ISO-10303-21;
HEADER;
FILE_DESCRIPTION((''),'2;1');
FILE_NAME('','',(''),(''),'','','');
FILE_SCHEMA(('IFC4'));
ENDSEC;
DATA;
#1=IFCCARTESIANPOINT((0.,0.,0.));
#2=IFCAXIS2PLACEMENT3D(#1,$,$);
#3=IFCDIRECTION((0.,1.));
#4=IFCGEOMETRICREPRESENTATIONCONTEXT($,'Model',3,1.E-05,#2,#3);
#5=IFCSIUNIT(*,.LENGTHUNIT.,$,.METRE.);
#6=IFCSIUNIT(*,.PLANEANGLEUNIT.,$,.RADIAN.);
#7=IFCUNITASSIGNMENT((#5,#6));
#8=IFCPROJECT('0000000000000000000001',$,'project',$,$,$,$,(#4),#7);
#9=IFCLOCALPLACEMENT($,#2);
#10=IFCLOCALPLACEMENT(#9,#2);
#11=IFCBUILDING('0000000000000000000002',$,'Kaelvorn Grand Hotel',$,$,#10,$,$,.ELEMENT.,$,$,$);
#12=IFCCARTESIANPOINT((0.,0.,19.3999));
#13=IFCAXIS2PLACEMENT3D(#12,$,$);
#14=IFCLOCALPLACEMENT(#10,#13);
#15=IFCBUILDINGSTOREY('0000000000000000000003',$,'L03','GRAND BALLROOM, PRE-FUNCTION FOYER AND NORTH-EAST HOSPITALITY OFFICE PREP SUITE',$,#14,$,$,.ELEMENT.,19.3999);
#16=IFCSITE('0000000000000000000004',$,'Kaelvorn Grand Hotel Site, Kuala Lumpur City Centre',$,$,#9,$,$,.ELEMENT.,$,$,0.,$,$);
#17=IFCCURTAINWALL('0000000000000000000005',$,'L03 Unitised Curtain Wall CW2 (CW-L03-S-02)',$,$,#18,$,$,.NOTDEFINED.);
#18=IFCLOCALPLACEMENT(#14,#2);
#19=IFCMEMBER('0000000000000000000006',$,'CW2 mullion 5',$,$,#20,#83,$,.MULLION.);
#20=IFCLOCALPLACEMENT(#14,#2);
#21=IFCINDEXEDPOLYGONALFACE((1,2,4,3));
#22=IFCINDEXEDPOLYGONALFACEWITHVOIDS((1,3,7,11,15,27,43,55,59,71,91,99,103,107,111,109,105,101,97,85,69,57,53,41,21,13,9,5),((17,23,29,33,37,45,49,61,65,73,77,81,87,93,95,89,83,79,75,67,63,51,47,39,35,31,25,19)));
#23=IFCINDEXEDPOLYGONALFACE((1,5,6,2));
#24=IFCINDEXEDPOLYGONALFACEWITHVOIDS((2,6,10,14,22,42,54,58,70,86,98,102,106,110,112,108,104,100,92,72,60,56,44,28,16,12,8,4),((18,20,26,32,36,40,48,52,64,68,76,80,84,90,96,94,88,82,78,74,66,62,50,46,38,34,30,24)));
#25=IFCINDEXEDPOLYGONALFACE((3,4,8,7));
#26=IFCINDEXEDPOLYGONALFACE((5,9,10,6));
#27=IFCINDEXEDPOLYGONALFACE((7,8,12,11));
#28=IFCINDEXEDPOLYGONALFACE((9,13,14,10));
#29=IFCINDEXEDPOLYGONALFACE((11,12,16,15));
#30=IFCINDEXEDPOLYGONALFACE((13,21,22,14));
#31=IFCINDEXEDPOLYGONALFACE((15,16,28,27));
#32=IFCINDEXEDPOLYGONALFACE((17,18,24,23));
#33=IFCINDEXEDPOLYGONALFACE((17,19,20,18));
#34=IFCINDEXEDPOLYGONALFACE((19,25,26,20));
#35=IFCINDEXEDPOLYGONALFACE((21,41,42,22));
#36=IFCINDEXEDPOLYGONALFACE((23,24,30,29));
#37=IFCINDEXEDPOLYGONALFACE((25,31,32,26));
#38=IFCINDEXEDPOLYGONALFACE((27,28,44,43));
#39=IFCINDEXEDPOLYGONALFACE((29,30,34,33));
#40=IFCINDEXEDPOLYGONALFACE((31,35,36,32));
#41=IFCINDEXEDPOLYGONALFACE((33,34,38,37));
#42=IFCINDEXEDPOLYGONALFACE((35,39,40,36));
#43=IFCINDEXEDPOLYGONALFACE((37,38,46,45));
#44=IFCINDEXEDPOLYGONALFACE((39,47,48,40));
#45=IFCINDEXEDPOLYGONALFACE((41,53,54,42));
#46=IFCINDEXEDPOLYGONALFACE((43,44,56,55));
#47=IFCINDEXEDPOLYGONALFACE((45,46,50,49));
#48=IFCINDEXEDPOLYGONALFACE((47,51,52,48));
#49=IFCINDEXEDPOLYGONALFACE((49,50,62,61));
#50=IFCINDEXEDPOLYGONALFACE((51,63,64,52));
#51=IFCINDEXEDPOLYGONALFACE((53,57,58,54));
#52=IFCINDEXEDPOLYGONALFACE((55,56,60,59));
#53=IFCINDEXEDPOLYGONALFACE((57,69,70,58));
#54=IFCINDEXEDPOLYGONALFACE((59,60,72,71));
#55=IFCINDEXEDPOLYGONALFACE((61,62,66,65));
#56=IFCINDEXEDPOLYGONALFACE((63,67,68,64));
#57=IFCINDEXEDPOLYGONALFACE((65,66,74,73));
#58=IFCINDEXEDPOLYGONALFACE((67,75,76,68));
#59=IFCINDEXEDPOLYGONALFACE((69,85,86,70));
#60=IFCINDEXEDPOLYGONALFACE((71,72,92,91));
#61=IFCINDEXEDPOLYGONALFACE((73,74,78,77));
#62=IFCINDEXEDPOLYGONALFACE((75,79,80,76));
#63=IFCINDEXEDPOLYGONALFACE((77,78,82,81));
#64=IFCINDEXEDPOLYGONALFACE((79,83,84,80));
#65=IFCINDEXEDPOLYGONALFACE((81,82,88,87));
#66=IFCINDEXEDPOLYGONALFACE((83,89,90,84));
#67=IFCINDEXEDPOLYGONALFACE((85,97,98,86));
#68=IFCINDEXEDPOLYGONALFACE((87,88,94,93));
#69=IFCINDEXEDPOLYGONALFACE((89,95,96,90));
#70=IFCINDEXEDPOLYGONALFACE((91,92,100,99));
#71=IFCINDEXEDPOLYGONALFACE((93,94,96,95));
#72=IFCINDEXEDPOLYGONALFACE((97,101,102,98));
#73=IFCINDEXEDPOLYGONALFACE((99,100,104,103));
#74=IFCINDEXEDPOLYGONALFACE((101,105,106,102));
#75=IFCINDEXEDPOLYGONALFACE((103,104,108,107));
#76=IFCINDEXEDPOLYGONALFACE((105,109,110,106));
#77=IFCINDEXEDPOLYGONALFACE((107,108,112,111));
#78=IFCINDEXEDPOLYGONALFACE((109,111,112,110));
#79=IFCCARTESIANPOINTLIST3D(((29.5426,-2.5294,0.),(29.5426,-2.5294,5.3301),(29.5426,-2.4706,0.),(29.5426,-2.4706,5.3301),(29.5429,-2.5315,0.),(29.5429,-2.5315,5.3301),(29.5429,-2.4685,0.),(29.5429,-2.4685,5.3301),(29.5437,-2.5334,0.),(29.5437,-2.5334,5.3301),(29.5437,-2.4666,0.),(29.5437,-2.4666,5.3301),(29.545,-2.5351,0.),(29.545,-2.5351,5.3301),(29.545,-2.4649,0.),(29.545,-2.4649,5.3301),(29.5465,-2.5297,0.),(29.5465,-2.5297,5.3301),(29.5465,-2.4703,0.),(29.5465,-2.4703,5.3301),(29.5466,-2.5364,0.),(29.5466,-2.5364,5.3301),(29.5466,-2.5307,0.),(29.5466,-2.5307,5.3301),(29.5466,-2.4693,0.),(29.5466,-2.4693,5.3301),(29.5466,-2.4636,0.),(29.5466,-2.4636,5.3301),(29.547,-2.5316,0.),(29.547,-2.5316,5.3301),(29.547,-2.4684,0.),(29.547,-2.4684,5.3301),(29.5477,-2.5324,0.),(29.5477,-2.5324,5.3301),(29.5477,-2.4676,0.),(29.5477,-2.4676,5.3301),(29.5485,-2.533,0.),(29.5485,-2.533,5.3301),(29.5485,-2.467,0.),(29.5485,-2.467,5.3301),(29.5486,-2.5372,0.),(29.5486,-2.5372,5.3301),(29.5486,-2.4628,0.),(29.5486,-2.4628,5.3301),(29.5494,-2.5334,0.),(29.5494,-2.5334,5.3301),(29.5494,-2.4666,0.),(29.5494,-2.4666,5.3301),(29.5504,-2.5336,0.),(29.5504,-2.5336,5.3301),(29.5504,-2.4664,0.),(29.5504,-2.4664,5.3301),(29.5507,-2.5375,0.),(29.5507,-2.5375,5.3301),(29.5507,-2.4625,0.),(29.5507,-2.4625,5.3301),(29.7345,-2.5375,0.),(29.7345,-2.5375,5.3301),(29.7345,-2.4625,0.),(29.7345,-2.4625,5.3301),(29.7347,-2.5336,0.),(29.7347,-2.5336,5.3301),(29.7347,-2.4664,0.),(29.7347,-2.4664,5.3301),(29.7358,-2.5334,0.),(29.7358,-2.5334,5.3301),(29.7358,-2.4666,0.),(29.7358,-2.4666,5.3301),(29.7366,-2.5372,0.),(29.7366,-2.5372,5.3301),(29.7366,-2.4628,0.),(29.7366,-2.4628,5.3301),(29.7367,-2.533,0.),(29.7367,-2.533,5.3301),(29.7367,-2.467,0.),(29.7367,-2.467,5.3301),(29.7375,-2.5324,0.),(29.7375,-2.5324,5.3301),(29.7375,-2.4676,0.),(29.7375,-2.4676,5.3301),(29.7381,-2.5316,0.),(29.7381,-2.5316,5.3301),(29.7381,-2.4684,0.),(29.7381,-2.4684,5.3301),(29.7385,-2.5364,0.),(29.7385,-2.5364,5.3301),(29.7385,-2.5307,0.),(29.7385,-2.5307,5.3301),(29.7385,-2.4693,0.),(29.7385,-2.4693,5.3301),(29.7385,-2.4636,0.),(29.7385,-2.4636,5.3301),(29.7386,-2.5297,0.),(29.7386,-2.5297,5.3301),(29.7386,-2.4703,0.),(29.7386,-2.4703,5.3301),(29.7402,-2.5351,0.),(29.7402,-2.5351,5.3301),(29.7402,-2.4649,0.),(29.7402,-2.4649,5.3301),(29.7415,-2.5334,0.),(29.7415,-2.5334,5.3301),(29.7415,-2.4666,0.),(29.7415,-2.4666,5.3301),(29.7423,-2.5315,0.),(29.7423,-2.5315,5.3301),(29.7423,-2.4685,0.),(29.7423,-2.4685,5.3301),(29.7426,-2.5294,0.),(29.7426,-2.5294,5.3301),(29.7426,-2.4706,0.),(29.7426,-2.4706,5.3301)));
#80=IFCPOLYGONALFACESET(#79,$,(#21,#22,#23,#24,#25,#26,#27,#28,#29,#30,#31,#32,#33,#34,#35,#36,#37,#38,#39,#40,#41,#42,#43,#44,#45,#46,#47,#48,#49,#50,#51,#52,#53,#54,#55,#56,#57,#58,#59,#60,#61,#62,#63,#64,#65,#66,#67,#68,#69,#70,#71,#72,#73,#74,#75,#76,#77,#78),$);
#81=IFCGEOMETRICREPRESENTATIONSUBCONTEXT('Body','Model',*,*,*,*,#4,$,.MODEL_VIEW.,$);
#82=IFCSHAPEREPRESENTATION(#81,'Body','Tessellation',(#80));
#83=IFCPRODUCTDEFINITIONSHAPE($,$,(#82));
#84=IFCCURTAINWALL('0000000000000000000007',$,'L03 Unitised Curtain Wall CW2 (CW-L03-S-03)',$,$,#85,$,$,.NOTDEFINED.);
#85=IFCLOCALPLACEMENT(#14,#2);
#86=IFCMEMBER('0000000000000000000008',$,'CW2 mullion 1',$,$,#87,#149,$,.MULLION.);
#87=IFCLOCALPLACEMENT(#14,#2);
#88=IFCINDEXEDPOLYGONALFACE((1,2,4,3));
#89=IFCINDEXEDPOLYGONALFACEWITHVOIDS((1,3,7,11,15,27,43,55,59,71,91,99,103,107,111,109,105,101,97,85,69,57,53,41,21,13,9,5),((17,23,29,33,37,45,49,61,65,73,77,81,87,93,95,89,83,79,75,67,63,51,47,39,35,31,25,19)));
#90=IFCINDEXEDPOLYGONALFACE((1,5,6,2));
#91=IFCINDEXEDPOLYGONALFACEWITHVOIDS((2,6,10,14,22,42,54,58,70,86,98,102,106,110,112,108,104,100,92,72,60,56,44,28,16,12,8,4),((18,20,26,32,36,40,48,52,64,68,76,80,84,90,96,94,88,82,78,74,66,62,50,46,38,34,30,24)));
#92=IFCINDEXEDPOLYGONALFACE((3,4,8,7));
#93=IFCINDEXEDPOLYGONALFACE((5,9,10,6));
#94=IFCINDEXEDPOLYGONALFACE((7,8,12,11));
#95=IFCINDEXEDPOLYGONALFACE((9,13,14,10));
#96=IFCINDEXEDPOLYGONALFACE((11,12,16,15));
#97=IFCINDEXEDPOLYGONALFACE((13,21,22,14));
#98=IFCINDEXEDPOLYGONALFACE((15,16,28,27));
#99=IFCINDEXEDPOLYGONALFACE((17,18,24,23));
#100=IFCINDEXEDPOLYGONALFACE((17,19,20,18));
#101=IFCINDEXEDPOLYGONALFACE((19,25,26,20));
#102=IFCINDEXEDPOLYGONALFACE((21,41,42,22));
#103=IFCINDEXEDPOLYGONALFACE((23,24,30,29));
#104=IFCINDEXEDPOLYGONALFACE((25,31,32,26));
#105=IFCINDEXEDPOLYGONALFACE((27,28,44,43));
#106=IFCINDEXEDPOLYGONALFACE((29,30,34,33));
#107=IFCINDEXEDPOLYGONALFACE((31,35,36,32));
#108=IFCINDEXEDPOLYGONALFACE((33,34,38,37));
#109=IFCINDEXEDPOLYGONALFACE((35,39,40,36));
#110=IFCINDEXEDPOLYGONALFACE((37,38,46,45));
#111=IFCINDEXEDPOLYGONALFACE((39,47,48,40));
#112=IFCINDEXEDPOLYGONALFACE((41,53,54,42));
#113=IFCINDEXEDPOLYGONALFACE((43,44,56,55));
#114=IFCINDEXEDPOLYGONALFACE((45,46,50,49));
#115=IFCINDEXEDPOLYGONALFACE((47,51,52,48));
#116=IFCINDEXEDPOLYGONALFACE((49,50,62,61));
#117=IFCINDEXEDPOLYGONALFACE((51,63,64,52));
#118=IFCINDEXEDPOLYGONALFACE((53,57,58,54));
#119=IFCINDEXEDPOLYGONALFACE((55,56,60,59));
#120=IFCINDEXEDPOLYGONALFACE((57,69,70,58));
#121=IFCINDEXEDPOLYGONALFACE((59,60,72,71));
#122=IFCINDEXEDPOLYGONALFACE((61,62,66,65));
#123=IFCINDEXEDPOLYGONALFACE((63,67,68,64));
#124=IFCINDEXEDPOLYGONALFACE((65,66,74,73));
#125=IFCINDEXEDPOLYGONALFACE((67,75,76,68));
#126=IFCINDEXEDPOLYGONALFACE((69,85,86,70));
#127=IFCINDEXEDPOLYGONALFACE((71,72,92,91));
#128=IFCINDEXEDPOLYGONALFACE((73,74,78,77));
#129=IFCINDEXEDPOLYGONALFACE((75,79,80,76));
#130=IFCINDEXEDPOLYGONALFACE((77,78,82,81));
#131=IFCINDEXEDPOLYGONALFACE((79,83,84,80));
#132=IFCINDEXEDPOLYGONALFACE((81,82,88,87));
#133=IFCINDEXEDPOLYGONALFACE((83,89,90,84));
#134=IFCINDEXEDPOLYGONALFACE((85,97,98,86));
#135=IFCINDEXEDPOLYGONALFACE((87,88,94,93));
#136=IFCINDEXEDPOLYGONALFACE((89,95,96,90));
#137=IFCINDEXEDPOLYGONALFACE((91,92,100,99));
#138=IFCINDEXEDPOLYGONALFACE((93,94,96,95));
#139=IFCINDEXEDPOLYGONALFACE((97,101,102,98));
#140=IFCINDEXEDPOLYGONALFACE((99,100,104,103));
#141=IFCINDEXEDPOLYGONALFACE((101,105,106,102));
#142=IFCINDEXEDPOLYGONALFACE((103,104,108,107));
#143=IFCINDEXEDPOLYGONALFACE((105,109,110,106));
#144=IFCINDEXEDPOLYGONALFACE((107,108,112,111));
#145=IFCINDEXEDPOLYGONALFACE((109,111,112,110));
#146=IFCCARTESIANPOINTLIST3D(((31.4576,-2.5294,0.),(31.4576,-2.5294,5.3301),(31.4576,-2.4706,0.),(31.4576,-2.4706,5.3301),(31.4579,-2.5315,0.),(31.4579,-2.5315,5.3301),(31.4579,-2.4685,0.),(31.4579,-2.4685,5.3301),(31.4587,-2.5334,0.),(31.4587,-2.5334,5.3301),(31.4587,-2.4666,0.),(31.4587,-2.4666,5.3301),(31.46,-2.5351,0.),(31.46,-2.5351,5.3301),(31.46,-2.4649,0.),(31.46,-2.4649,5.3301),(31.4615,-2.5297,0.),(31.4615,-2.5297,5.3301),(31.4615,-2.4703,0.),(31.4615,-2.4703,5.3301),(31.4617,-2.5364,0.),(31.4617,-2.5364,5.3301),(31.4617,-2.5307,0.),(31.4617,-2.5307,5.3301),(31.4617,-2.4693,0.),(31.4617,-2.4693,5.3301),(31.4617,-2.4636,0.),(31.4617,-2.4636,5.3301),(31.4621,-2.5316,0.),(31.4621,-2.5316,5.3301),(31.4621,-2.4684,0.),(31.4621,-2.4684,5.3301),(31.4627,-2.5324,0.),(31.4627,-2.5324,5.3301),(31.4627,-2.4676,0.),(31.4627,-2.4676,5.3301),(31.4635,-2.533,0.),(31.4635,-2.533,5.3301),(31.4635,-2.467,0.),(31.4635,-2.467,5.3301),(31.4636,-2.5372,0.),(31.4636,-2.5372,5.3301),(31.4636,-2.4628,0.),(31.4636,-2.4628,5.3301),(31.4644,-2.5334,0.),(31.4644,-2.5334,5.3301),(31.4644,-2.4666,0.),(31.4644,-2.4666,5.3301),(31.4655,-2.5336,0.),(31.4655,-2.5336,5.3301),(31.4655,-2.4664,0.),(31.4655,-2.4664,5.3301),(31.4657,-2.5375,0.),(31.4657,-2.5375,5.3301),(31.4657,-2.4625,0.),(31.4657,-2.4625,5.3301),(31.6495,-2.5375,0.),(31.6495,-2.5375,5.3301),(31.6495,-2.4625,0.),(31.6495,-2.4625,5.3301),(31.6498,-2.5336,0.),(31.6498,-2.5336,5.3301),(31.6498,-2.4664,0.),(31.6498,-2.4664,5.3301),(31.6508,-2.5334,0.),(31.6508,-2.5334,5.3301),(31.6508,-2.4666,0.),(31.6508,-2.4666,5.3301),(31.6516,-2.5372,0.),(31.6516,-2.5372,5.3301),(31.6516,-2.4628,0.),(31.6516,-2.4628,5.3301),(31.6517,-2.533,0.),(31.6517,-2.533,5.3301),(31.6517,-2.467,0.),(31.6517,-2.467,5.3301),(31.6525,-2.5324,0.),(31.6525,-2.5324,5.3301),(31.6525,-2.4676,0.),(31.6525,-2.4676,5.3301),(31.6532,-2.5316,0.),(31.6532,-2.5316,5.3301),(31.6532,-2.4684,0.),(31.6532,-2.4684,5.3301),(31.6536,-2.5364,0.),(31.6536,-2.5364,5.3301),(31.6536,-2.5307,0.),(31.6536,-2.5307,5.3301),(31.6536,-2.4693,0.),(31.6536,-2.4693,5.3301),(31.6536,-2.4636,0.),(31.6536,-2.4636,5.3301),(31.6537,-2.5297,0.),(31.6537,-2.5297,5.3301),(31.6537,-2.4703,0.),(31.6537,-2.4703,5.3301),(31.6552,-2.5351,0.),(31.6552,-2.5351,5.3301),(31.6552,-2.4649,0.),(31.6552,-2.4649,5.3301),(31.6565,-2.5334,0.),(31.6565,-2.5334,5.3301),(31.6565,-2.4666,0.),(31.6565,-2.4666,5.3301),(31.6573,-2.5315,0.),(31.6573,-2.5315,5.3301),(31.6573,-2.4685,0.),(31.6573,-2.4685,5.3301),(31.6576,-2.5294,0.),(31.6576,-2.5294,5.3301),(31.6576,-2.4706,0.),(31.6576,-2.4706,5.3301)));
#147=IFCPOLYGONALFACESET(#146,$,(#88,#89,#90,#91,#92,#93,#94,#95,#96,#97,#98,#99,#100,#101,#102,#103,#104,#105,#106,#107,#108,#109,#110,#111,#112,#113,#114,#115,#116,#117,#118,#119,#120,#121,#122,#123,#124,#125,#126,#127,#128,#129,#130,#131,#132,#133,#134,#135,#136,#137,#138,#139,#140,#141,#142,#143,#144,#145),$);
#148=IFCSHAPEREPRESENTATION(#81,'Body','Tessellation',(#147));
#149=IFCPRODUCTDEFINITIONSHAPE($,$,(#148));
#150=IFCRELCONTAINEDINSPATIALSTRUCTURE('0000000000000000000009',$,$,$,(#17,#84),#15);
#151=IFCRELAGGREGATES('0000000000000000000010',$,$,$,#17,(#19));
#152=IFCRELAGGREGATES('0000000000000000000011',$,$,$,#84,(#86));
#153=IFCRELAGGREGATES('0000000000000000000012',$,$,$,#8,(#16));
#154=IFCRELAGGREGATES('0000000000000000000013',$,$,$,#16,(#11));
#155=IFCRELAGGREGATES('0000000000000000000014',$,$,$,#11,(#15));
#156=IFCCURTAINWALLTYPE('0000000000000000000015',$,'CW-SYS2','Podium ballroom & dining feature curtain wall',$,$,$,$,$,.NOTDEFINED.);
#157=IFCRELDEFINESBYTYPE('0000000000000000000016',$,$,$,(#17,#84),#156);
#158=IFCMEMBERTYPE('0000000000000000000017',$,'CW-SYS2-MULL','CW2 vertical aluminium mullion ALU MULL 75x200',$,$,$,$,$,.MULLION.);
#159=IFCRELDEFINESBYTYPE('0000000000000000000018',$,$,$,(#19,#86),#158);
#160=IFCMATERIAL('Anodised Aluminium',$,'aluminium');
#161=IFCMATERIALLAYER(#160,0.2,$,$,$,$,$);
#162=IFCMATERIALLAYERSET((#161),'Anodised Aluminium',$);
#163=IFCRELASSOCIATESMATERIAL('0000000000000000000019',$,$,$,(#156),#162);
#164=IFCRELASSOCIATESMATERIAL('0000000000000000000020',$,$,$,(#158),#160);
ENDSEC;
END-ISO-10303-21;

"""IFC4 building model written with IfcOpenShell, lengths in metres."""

from ifc_helpers import new_model, si_unit, direction, frame, origin, origin_2d, place, context, subcontext, project, spatial, hollow_rectangle, extrude, material, layer, layer_set, material_profile, profile_set, type_object, element, aggregate, save


model = new_model("IFC4")

# Units and contexts
model_context = context("Model", 3, precision=1e-05, world=origin(), true_north=direction((0.0, 1.0)))
body_context = subcontext(model_context, "Body", "Model", "MODEL_VIEW")
ifc_project = project(units=[si_unit("LENGTHUNIT", "METRE"), si_unit("PLANEANGLEUNIT", "RADIAN")], contexts=[model_context])

# Site, building, storey
site_placement = place(None, origin())
site = spatial("IfcSite", under=ifc_project, at=site_placement, Name="Kaelvorn Grand Hotel Site, Kuala Lumpur City Centre", CompositionType="ELEMENT", RefElevation=0.0)
building_placement = place(site_placement, origin())
building = spatial("IfcBuilding", under=site, at=building_placement, Name="Kaelvorn Grand Hotel", CompositionType="ELEMENT")
storey_placement = place(building_placement, frame((0.0, 0.0, 19.3999)))
storey = spatial("IfcBuildingStorey", under=building, at=storey_placement, Name="L03", Description="GRAND BALLROOM, PRE-FUNCTION FOYER AND NORTH-EAST HOSPITALITY OFFICE PREP SUITE", CompositionType="ELEMENT", Elevation=19.3999)

# Curtain walls, members
ifc_material_1 = material(Name="Anodised Aluminium", Category="aluminium")
ifc_layer_1 = layer(ifc_material_1, 0.2)
ifc_layer_set_1 = layer_set([ifc_layer_1], Name="Anodised Aluminium")
curtain_wall_type = type_object("IfcCurtainWallType", Name="CW-SYS2", Description="Podium ballroom & dining feature curtain wall", PredefinedType="NOTDEFINED", material=ifc_layer_set_1)
curtain_wall_1_placement = place(storey_placement, origin())
curtain_wall_1 = element("IfcCurtainWall", 1, at=curtain_wall_1_placement, inside=storey, type_object=curtain_wall_type, Name="L03 Unitised Curtain Wall CW2 (CW-L03-S-02)", PredefinedType="NOTDEFINED")
ifc_material_profile_1 = material_profile(ifc_material_1, hollow_rectangle(XDim=0.075, YDim=0.2, WallThickness=0.0039, InnerFilletRadius=0.0039, OuterFilletRadius=0.0081, at=origin_2d()), Name="ALU MULL 75x200")
ifc_profile_set_1 = profile_set([ifc_material_profile_1], Name="Anodised Aluminium")
member_type_1 = type_object("IfcMemberType", Name="CW-SYS2-MULL", Description="CW2 vertical aluminium mullion ALU MULL 75x200", PredefinedType="MULLION", material=ifc_profile_set_1)
member_1_placement = place(storey_placement, frame((29.6426, -2.5, 0.0), z_axis=(0.0, 0.0, 1.0), x_axis=(0.0, 1.0, 0.0)))
member_1 = element("IfcMember", 2, at=member_1_placement, type_object=member_type_1, Name="CW2 mullion 5", PredefinedType="MULLION", context=body_context, shape_type="SweptSolid", body=[
    extrude(hollow_rectangle(XDim=0.075, YDim=0.2, WallThickness=0.0039, InnerFilletRadius=0.0039, OuterFilletRadius=0.0081, at=origin_2d()), origin(), (0.0, 0.0, 1.0), 5.3301),
])
curtain_wall_2_placement = place(storey_placement, origin())
curtain_wall_2 = element("IfcCurtainWall", 3, at=curtain_wall_2_placement, inside=storey, type_object=curtain_wall_type, Name="L03 Unitised Curtain Wall CW2 (CW-L03-S-03)", PredefinedType="NOTDEFINED")
member_2_placement = place(storey_placement, frame((31.5576, -2.5, 0.0), z_axis=(0.0, 0.0, 1.0), x_axis=(0.0, 1.0, 0.0)))
member_2 = element("IfcMember", 4, at=member_2_placement, type_object=member_type_1, Name="CW2 mullion 1", PredefinedType="MULLION", context=body_context, shape_type="SweptSolid", body=[
    extrude(hollow_rectangle(XDim=0.075, YDim=0.2, WallThickness=0.0039, InnerFilletRadius=0.0039, OuterFilletRadius=0.0081, at=origin_2d()), origin(), (0.0, 0.0, 1.0), 5.3301),
])

aggregate(curtain_wall_1, [member_1])
aggregate(curtain_wall_2, [member_2])

save(model, "model.ifc")
